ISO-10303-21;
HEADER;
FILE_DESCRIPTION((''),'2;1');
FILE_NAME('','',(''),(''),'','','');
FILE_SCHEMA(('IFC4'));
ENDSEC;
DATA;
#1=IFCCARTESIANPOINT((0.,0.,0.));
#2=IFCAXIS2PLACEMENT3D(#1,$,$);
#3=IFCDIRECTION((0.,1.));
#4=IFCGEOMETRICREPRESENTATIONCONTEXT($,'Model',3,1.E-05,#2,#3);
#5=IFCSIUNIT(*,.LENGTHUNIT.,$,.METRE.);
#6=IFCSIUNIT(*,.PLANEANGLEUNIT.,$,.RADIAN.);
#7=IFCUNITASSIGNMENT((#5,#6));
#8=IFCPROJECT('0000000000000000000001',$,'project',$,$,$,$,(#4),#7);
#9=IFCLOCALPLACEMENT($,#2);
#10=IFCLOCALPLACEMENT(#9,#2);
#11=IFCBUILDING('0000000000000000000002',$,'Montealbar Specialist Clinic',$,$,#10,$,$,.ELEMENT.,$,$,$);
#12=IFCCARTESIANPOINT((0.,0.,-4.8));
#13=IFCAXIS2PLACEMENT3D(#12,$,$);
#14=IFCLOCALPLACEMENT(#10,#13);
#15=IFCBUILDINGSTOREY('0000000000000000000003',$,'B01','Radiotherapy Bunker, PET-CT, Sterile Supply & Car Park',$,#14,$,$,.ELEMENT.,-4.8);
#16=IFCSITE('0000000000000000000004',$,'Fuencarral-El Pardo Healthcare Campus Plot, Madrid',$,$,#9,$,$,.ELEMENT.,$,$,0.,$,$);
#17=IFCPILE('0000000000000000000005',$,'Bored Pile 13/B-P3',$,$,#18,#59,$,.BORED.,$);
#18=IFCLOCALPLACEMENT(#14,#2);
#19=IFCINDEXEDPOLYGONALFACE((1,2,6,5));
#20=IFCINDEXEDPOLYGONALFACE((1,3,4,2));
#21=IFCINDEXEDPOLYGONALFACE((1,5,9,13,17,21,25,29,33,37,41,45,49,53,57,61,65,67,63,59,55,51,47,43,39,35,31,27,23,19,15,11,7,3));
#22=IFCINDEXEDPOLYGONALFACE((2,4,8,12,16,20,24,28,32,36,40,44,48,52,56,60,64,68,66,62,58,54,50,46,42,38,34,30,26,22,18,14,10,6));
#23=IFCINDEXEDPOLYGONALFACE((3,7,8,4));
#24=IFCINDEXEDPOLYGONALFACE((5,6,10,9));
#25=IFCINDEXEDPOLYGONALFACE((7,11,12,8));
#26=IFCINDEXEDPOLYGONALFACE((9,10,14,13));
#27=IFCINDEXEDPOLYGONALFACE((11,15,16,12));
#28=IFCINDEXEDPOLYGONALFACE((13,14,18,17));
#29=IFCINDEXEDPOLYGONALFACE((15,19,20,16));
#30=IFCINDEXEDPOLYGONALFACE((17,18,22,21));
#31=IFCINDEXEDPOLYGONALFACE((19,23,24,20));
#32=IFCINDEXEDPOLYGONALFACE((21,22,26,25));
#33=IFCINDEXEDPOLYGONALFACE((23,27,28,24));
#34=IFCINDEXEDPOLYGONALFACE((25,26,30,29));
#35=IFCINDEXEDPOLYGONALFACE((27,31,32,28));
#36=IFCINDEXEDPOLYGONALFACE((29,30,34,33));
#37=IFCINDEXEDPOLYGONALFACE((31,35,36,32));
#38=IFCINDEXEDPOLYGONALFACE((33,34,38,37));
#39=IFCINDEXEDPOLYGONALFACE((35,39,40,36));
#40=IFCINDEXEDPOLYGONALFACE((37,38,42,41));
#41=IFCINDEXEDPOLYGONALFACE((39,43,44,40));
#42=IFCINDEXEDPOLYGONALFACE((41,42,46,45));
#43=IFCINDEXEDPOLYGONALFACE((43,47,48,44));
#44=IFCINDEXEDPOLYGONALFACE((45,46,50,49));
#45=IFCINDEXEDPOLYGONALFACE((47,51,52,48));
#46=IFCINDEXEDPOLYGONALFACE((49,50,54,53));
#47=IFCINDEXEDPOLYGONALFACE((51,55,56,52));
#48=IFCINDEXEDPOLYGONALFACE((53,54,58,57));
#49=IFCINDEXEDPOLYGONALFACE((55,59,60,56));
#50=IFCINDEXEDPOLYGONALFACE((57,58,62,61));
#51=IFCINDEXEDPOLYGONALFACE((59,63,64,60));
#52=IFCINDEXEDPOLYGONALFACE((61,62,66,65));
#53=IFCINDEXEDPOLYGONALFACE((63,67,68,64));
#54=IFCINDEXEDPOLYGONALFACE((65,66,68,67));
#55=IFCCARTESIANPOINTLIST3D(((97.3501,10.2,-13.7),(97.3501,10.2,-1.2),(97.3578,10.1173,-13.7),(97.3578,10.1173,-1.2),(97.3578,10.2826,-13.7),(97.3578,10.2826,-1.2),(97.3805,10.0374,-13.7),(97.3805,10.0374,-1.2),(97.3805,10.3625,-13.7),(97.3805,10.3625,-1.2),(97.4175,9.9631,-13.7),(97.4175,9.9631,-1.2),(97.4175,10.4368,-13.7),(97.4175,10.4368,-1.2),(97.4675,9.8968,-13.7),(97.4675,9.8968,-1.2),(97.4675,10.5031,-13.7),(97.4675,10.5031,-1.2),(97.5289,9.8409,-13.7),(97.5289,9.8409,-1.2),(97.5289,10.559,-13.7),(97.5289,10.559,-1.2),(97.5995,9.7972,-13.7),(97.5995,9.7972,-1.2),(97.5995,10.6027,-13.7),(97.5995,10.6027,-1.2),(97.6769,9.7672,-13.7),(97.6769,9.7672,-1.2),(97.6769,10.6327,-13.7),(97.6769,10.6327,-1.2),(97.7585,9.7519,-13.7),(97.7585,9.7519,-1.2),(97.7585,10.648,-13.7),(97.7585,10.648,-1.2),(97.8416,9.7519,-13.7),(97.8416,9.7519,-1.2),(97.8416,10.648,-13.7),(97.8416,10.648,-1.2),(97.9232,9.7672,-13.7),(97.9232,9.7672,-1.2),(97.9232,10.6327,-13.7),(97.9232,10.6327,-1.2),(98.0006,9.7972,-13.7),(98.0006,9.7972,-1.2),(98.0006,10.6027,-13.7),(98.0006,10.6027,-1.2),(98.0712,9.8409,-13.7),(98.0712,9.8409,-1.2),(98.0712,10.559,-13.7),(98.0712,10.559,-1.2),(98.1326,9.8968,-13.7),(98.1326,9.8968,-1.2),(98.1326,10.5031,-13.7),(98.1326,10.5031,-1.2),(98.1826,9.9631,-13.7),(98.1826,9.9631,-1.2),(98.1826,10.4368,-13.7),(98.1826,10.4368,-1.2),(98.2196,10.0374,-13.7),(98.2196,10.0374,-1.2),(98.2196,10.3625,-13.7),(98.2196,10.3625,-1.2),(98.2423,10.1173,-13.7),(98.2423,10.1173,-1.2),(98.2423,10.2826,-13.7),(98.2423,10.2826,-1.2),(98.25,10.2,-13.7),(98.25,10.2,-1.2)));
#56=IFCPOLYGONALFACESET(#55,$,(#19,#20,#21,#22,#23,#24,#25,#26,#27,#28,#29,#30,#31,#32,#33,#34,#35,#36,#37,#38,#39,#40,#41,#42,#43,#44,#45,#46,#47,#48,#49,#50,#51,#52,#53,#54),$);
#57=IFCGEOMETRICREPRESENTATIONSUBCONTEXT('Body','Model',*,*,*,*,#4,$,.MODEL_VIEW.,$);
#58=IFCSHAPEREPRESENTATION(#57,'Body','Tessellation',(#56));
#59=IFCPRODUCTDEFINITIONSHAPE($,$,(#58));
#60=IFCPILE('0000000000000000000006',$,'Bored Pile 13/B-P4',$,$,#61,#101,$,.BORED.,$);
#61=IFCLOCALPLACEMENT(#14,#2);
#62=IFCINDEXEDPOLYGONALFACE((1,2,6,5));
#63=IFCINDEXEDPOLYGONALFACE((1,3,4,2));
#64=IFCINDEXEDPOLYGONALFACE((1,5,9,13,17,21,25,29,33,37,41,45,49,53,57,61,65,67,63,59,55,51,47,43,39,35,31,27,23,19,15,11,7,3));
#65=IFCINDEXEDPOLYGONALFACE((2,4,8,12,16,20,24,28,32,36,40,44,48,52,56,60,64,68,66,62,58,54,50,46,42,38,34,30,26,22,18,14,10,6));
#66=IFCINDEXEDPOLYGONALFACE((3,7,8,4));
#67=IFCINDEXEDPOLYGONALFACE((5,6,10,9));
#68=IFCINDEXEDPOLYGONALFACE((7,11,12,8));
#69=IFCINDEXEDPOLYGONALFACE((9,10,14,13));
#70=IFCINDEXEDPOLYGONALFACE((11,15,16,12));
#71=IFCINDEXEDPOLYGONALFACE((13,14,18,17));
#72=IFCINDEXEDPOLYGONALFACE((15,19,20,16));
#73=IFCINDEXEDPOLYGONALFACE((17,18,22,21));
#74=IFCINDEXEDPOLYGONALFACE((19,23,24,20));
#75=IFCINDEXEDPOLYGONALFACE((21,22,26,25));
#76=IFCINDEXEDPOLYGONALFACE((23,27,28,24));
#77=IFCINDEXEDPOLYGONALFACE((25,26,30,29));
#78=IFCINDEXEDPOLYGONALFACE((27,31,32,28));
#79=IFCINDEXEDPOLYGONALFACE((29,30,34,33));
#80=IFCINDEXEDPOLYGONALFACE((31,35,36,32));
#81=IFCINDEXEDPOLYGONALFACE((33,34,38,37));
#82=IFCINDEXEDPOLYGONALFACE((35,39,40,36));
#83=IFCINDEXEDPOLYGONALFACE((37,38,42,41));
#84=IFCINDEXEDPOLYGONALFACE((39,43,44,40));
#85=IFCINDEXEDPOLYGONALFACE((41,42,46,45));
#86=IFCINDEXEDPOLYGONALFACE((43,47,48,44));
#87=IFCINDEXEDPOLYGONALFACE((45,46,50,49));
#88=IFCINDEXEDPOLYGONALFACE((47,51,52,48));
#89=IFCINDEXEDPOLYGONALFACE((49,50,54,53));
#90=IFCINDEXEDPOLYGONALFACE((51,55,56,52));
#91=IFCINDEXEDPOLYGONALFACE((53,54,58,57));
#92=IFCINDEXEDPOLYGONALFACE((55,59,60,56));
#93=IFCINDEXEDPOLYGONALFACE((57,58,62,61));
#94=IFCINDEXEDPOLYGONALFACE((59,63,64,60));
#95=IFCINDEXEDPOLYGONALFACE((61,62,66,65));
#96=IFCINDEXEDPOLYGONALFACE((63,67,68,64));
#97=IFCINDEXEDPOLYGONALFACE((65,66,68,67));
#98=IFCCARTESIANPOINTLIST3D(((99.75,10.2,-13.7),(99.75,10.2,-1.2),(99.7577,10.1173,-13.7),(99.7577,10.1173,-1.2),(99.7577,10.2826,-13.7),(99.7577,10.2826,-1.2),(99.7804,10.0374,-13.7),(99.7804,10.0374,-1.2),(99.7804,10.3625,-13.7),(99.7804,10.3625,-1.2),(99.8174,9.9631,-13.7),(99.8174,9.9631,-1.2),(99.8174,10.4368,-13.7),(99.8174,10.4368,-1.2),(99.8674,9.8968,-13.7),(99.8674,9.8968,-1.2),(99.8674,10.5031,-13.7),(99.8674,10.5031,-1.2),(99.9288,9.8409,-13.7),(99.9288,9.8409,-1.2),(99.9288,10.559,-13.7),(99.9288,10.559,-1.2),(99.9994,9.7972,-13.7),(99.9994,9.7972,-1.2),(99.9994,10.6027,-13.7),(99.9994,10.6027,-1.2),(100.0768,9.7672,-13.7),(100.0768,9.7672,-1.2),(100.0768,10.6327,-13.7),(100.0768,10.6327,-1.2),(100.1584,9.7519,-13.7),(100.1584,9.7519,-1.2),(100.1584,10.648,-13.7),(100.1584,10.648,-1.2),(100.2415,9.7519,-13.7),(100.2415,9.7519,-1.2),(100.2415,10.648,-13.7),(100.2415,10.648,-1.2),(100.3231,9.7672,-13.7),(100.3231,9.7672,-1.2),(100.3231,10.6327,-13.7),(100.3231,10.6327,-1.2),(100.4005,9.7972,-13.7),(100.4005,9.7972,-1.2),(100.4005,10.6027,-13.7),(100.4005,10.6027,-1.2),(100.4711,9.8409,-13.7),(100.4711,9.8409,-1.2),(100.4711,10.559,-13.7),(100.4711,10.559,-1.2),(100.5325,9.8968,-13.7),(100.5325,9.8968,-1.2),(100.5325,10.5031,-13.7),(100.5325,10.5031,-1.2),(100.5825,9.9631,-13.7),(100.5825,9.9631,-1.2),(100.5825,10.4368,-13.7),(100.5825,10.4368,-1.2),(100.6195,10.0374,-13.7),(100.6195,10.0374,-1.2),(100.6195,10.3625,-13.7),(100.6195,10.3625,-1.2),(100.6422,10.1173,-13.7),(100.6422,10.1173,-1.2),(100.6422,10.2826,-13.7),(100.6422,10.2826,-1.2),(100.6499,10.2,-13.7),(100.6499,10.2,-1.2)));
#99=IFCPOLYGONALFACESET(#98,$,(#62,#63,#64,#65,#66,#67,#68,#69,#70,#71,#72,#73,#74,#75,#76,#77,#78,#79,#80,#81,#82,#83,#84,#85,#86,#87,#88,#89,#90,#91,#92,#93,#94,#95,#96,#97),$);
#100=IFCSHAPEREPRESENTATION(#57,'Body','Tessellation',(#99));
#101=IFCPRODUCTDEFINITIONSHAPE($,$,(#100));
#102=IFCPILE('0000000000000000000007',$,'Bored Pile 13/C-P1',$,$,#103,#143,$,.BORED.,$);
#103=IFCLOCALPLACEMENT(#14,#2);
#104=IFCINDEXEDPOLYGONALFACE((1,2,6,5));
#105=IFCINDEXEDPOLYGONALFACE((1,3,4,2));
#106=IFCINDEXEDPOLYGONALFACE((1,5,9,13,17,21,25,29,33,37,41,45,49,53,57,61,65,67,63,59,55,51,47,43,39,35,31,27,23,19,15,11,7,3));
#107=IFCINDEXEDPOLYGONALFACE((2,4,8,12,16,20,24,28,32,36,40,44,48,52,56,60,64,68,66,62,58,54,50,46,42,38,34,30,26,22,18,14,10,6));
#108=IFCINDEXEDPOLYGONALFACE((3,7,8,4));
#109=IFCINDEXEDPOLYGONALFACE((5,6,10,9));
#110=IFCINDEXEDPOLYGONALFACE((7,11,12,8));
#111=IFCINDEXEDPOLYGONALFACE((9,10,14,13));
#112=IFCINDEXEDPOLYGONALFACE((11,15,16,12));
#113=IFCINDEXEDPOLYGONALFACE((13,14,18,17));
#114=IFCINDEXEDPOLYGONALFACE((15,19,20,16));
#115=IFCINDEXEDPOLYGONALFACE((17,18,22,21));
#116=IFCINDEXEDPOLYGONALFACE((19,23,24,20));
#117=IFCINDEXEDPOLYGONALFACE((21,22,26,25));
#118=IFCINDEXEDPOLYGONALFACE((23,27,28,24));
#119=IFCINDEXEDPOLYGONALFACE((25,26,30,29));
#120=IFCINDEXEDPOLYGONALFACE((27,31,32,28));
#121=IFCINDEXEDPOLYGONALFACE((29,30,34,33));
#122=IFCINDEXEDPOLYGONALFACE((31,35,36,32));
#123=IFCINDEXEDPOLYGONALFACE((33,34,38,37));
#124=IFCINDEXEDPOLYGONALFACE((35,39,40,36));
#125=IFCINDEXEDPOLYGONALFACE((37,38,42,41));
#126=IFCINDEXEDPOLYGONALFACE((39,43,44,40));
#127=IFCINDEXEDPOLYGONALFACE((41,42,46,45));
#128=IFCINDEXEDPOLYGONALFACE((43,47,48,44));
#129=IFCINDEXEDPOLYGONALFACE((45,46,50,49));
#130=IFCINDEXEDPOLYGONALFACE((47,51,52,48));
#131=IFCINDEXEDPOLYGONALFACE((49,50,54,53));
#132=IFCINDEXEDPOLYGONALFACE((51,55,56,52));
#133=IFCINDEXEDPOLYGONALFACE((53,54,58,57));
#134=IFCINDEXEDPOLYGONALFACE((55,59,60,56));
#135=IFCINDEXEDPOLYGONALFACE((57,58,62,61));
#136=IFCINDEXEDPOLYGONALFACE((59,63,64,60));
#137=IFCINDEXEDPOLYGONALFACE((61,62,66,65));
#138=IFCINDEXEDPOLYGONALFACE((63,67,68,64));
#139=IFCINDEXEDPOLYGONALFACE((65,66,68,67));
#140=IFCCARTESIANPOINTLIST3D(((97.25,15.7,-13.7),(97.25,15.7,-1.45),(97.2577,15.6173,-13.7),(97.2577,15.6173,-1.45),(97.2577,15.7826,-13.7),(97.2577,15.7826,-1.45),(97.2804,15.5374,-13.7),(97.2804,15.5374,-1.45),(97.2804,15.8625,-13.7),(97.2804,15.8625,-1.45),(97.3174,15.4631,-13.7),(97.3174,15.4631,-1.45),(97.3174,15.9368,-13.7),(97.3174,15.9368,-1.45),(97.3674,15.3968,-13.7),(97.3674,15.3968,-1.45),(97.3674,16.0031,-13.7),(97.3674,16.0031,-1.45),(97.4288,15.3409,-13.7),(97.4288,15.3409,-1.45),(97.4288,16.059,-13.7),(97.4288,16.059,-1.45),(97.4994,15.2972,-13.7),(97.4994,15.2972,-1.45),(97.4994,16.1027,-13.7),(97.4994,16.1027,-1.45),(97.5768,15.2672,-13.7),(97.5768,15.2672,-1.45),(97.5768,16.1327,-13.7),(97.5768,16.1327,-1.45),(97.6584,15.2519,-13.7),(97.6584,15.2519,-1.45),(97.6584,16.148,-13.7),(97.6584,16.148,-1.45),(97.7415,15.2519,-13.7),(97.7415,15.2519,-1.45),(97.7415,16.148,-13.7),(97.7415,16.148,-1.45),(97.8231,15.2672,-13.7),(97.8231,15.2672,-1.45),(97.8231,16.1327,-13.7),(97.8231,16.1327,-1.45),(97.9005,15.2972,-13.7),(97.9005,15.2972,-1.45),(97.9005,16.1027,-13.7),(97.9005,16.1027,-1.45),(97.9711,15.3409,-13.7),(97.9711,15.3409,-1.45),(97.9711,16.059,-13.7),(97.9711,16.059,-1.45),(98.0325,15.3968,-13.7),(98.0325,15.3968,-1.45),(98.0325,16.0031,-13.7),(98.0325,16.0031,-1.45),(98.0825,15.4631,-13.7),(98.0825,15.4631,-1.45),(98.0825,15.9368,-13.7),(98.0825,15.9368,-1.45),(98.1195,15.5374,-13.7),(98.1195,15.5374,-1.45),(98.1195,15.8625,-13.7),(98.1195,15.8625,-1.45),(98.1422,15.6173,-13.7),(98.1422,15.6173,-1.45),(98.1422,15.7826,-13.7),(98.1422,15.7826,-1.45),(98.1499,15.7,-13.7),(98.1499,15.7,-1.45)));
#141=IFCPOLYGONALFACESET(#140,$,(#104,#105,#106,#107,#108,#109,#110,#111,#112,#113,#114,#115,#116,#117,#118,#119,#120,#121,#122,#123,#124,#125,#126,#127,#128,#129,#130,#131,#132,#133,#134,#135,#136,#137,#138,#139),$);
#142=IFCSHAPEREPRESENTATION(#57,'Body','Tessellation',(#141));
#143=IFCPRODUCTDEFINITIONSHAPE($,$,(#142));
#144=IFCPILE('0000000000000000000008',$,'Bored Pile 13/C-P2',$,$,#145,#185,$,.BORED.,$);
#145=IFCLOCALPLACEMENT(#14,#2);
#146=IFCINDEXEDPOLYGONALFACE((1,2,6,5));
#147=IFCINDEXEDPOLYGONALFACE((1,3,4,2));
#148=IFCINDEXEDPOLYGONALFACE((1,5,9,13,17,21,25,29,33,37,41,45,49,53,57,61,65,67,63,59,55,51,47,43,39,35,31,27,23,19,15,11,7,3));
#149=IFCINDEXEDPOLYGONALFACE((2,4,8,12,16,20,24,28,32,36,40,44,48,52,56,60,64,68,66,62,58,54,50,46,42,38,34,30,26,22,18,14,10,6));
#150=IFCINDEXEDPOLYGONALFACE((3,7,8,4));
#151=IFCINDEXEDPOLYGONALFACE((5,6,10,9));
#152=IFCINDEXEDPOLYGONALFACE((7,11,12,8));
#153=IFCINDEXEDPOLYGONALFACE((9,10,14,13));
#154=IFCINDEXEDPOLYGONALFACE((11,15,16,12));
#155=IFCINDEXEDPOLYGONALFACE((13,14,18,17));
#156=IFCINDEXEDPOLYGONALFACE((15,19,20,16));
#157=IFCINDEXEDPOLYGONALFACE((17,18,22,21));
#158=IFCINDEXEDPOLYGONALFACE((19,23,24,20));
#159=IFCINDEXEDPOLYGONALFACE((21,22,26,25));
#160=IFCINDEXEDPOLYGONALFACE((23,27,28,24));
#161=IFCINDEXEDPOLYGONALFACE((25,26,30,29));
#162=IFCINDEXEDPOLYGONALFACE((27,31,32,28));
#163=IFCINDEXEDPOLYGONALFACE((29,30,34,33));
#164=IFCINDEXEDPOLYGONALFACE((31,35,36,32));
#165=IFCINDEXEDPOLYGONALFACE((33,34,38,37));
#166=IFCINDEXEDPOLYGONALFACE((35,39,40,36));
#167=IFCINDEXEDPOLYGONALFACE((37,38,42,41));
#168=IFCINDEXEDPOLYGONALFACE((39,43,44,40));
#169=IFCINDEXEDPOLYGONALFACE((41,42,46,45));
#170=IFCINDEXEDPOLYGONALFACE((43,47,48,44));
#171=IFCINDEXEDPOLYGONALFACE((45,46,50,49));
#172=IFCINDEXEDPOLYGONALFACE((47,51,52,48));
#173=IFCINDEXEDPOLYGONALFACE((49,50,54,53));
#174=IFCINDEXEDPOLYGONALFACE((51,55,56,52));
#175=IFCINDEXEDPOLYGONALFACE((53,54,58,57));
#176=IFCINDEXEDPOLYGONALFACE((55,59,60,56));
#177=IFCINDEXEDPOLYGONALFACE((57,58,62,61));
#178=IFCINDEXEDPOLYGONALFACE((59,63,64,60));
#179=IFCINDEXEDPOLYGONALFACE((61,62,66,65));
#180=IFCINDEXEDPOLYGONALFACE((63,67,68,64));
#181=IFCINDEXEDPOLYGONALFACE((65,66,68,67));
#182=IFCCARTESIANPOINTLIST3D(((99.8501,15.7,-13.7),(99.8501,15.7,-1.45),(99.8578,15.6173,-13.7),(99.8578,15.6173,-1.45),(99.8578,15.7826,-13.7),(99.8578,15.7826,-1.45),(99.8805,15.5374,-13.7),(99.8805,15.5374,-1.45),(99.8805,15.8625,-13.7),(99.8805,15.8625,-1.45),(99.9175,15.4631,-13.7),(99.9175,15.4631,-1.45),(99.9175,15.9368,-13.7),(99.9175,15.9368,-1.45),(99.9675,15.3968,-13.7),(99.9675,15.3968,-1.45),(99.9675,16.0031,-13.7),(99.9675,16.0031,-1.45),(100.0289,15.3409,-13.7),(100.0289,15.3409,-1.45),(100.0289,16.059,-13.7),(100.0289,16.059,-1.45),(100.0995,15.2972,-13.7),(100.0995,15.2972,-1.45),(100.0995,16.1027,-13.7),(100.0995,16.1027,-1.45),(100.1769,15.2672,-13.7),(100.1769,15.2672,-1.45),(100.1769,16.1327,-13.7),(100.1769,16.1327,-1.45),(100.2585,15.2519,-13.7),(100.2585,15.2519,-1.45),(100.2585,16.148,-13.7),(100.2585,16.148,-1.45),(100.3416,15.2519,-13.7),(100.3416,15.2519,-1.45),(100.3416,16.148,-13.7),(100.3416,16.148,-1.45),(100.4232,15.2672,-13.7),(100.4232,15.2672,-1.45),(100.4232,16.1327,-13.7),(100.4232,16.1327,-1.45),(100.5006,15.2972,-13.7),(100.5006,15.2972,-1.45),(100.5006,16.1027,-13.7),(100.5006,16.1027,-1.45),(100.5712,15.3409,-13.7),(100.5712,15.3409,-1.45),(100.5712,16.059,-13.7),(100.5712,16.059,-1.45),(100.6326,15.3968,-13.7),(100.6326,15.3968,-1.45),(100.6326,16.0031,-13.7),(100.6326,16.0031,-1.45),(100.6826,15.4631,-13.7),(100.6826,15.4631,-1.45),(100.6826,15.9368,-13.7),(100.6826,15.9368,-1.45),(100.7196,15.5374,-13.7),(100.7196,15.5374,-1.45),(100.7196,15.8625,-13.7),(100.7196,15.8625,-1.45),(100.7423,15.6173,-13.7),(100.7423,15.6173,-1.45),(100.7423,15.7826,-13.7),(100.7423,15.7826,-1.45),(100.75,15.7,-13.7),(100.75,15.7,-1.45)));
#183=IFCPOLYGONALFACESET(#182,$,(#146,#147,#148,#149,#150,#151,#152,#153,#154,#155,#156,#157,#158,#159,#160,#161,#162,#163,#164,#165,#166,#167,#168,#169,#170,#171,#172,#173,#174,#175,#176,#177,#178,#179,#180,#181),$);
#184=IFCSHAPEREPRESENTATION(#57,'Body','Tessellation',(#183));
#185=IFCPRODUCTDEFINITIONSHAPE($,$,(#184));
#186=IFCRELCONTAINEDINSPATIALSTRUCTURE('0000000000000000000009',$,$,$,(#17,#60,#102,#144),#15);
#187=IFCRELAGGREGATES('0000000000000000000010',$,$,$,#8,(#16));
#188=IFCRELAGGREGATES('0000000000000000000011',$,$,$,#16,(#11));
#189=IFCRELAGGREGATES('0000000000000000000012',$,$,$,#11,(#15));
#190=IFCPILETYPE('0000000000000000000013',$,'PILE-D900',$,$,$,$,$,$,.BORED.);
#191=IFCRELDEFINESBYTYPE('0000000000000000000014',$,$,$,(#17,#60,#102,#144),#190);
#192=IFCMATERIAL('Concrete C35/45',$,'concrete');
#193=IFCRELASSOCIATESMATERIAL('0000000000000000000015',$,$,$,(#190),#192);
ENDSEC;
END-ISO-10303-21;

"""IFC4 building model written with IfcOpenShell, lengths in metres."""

from ifc_helpers import new_model, si_unit, direction, frame, origin, origin_2d, place, context, subcontext, project, spatial, circle, extrude, material, material_profile, profile_set, type_object, element, save


model = new_model("IFC4")

# Units and contexts
model_context = context("Model", 3, precision=1e-05, world=origin(), true_north=direction((0.0, 1.0)))
body_context = subcontext(model_context, "Body", "Model", "MODEL_VIEW")
ifc_project = project(units=[si_unit("LENGTHUNIT", "METRE"), si_unit("PLANEANGLEUNIT", "RADIAN")], contexts=[model_context])

# Site, building, storey
site_placement = place(None, origin())
site = spatial("IfcSite", under=ifc_project, at=site_placement, Name="Fuencarral-El Pardo Healthcare Campus Plot, Madrid", CompositionType="ELEMENT", RefElevation=0.0)
building_placement = place(site_placement, origin())
building = spatial("IfcBuilding", under=site, at=building_placement, Name="Montealbar Specialist Clinic", CompositionType="ELEMENT")
storey_placement = place(building_placement, frame((0.0, 0.0, -4.8)))
storey = spatial("IfcBuildingStorey", under=building, at=storey_placement, Name="B01", Description="Radiotherapy Bunker, PET-CT, Sterile Supply & Car Park", CompositionType="ELEMENT", Elevation=-4.8)

# Shared definitions
ifc_material_1 = material(Name="Concrete C35/45", Category="concrete")

# Piles
ifc_material_profile_1 = material_profile(ifc_material_1, circle(Radius=0.45, at=origin_2d()), Name="PILE D900", Category="concrete")
ifc_profile_set_1 = profile_set([ifc_material_profile_1], Name="Concrete C35/45")
pile_type_1 = type_object("IfcPileType", Name="PILE-D900", PredefinedType="BORED", material=ifc_profile_set_1)
for number, where, z_axis, x_axis, name in (
    (1, (97.8, 10.2, -1.2), (0.0, 0.0, -1.0), (1.0, 0.0, 0.0), "Bored Pile 13/B-P3"),
    (2, (100.2, 10.2, -1.2), (0.0, 0.0, -1.0), (1.0, 0.0, 0.0), "Bored Pile 13/B-P4"),
):
    element("IfcPile", number, at=place(storey_placement, frame(where, z_axis=z_axis, x_axis=x_axis)), inside=storey, type_object=pile_type_1, Name=name, PredefinedType="BORED", context=body_context, shape_type="SweptSolid", body=[
        extrude(circle(Radius=0.45, at=origin_2d()), origin(), (0.0, 0.0, 1.0), 12.5),
    ])
for number, where, z_axis, x_axis, name in (
    (3, (97.7, 15.7, -1.45), (0.0, 0.0, -1.0), (1.0, 0.0, 0.0), "Bored Pile 13/C-P1"),
    (4, (100.3, 15.7, -1.45), (0.0, 0.0, -1.0), (1.0, 0.0, 0.0), "Bored Pile 13/C-P2"),
):
    element("IfcPile", number, at=place(storey_placement, frame(where, z_axis=z_axis, x_axis=x_axis)), inside=storey, type_object=pile_type_1, Name=name, PredefinedType="BORED", context=body_context, shape_type="SweptSolid", body=[
        extrude(circle(Radius=0.45, at=origin_2d()), origin(), (0.0, 0.0, 1.0), 12.25),
    ])

save(model, "model.ifc")
